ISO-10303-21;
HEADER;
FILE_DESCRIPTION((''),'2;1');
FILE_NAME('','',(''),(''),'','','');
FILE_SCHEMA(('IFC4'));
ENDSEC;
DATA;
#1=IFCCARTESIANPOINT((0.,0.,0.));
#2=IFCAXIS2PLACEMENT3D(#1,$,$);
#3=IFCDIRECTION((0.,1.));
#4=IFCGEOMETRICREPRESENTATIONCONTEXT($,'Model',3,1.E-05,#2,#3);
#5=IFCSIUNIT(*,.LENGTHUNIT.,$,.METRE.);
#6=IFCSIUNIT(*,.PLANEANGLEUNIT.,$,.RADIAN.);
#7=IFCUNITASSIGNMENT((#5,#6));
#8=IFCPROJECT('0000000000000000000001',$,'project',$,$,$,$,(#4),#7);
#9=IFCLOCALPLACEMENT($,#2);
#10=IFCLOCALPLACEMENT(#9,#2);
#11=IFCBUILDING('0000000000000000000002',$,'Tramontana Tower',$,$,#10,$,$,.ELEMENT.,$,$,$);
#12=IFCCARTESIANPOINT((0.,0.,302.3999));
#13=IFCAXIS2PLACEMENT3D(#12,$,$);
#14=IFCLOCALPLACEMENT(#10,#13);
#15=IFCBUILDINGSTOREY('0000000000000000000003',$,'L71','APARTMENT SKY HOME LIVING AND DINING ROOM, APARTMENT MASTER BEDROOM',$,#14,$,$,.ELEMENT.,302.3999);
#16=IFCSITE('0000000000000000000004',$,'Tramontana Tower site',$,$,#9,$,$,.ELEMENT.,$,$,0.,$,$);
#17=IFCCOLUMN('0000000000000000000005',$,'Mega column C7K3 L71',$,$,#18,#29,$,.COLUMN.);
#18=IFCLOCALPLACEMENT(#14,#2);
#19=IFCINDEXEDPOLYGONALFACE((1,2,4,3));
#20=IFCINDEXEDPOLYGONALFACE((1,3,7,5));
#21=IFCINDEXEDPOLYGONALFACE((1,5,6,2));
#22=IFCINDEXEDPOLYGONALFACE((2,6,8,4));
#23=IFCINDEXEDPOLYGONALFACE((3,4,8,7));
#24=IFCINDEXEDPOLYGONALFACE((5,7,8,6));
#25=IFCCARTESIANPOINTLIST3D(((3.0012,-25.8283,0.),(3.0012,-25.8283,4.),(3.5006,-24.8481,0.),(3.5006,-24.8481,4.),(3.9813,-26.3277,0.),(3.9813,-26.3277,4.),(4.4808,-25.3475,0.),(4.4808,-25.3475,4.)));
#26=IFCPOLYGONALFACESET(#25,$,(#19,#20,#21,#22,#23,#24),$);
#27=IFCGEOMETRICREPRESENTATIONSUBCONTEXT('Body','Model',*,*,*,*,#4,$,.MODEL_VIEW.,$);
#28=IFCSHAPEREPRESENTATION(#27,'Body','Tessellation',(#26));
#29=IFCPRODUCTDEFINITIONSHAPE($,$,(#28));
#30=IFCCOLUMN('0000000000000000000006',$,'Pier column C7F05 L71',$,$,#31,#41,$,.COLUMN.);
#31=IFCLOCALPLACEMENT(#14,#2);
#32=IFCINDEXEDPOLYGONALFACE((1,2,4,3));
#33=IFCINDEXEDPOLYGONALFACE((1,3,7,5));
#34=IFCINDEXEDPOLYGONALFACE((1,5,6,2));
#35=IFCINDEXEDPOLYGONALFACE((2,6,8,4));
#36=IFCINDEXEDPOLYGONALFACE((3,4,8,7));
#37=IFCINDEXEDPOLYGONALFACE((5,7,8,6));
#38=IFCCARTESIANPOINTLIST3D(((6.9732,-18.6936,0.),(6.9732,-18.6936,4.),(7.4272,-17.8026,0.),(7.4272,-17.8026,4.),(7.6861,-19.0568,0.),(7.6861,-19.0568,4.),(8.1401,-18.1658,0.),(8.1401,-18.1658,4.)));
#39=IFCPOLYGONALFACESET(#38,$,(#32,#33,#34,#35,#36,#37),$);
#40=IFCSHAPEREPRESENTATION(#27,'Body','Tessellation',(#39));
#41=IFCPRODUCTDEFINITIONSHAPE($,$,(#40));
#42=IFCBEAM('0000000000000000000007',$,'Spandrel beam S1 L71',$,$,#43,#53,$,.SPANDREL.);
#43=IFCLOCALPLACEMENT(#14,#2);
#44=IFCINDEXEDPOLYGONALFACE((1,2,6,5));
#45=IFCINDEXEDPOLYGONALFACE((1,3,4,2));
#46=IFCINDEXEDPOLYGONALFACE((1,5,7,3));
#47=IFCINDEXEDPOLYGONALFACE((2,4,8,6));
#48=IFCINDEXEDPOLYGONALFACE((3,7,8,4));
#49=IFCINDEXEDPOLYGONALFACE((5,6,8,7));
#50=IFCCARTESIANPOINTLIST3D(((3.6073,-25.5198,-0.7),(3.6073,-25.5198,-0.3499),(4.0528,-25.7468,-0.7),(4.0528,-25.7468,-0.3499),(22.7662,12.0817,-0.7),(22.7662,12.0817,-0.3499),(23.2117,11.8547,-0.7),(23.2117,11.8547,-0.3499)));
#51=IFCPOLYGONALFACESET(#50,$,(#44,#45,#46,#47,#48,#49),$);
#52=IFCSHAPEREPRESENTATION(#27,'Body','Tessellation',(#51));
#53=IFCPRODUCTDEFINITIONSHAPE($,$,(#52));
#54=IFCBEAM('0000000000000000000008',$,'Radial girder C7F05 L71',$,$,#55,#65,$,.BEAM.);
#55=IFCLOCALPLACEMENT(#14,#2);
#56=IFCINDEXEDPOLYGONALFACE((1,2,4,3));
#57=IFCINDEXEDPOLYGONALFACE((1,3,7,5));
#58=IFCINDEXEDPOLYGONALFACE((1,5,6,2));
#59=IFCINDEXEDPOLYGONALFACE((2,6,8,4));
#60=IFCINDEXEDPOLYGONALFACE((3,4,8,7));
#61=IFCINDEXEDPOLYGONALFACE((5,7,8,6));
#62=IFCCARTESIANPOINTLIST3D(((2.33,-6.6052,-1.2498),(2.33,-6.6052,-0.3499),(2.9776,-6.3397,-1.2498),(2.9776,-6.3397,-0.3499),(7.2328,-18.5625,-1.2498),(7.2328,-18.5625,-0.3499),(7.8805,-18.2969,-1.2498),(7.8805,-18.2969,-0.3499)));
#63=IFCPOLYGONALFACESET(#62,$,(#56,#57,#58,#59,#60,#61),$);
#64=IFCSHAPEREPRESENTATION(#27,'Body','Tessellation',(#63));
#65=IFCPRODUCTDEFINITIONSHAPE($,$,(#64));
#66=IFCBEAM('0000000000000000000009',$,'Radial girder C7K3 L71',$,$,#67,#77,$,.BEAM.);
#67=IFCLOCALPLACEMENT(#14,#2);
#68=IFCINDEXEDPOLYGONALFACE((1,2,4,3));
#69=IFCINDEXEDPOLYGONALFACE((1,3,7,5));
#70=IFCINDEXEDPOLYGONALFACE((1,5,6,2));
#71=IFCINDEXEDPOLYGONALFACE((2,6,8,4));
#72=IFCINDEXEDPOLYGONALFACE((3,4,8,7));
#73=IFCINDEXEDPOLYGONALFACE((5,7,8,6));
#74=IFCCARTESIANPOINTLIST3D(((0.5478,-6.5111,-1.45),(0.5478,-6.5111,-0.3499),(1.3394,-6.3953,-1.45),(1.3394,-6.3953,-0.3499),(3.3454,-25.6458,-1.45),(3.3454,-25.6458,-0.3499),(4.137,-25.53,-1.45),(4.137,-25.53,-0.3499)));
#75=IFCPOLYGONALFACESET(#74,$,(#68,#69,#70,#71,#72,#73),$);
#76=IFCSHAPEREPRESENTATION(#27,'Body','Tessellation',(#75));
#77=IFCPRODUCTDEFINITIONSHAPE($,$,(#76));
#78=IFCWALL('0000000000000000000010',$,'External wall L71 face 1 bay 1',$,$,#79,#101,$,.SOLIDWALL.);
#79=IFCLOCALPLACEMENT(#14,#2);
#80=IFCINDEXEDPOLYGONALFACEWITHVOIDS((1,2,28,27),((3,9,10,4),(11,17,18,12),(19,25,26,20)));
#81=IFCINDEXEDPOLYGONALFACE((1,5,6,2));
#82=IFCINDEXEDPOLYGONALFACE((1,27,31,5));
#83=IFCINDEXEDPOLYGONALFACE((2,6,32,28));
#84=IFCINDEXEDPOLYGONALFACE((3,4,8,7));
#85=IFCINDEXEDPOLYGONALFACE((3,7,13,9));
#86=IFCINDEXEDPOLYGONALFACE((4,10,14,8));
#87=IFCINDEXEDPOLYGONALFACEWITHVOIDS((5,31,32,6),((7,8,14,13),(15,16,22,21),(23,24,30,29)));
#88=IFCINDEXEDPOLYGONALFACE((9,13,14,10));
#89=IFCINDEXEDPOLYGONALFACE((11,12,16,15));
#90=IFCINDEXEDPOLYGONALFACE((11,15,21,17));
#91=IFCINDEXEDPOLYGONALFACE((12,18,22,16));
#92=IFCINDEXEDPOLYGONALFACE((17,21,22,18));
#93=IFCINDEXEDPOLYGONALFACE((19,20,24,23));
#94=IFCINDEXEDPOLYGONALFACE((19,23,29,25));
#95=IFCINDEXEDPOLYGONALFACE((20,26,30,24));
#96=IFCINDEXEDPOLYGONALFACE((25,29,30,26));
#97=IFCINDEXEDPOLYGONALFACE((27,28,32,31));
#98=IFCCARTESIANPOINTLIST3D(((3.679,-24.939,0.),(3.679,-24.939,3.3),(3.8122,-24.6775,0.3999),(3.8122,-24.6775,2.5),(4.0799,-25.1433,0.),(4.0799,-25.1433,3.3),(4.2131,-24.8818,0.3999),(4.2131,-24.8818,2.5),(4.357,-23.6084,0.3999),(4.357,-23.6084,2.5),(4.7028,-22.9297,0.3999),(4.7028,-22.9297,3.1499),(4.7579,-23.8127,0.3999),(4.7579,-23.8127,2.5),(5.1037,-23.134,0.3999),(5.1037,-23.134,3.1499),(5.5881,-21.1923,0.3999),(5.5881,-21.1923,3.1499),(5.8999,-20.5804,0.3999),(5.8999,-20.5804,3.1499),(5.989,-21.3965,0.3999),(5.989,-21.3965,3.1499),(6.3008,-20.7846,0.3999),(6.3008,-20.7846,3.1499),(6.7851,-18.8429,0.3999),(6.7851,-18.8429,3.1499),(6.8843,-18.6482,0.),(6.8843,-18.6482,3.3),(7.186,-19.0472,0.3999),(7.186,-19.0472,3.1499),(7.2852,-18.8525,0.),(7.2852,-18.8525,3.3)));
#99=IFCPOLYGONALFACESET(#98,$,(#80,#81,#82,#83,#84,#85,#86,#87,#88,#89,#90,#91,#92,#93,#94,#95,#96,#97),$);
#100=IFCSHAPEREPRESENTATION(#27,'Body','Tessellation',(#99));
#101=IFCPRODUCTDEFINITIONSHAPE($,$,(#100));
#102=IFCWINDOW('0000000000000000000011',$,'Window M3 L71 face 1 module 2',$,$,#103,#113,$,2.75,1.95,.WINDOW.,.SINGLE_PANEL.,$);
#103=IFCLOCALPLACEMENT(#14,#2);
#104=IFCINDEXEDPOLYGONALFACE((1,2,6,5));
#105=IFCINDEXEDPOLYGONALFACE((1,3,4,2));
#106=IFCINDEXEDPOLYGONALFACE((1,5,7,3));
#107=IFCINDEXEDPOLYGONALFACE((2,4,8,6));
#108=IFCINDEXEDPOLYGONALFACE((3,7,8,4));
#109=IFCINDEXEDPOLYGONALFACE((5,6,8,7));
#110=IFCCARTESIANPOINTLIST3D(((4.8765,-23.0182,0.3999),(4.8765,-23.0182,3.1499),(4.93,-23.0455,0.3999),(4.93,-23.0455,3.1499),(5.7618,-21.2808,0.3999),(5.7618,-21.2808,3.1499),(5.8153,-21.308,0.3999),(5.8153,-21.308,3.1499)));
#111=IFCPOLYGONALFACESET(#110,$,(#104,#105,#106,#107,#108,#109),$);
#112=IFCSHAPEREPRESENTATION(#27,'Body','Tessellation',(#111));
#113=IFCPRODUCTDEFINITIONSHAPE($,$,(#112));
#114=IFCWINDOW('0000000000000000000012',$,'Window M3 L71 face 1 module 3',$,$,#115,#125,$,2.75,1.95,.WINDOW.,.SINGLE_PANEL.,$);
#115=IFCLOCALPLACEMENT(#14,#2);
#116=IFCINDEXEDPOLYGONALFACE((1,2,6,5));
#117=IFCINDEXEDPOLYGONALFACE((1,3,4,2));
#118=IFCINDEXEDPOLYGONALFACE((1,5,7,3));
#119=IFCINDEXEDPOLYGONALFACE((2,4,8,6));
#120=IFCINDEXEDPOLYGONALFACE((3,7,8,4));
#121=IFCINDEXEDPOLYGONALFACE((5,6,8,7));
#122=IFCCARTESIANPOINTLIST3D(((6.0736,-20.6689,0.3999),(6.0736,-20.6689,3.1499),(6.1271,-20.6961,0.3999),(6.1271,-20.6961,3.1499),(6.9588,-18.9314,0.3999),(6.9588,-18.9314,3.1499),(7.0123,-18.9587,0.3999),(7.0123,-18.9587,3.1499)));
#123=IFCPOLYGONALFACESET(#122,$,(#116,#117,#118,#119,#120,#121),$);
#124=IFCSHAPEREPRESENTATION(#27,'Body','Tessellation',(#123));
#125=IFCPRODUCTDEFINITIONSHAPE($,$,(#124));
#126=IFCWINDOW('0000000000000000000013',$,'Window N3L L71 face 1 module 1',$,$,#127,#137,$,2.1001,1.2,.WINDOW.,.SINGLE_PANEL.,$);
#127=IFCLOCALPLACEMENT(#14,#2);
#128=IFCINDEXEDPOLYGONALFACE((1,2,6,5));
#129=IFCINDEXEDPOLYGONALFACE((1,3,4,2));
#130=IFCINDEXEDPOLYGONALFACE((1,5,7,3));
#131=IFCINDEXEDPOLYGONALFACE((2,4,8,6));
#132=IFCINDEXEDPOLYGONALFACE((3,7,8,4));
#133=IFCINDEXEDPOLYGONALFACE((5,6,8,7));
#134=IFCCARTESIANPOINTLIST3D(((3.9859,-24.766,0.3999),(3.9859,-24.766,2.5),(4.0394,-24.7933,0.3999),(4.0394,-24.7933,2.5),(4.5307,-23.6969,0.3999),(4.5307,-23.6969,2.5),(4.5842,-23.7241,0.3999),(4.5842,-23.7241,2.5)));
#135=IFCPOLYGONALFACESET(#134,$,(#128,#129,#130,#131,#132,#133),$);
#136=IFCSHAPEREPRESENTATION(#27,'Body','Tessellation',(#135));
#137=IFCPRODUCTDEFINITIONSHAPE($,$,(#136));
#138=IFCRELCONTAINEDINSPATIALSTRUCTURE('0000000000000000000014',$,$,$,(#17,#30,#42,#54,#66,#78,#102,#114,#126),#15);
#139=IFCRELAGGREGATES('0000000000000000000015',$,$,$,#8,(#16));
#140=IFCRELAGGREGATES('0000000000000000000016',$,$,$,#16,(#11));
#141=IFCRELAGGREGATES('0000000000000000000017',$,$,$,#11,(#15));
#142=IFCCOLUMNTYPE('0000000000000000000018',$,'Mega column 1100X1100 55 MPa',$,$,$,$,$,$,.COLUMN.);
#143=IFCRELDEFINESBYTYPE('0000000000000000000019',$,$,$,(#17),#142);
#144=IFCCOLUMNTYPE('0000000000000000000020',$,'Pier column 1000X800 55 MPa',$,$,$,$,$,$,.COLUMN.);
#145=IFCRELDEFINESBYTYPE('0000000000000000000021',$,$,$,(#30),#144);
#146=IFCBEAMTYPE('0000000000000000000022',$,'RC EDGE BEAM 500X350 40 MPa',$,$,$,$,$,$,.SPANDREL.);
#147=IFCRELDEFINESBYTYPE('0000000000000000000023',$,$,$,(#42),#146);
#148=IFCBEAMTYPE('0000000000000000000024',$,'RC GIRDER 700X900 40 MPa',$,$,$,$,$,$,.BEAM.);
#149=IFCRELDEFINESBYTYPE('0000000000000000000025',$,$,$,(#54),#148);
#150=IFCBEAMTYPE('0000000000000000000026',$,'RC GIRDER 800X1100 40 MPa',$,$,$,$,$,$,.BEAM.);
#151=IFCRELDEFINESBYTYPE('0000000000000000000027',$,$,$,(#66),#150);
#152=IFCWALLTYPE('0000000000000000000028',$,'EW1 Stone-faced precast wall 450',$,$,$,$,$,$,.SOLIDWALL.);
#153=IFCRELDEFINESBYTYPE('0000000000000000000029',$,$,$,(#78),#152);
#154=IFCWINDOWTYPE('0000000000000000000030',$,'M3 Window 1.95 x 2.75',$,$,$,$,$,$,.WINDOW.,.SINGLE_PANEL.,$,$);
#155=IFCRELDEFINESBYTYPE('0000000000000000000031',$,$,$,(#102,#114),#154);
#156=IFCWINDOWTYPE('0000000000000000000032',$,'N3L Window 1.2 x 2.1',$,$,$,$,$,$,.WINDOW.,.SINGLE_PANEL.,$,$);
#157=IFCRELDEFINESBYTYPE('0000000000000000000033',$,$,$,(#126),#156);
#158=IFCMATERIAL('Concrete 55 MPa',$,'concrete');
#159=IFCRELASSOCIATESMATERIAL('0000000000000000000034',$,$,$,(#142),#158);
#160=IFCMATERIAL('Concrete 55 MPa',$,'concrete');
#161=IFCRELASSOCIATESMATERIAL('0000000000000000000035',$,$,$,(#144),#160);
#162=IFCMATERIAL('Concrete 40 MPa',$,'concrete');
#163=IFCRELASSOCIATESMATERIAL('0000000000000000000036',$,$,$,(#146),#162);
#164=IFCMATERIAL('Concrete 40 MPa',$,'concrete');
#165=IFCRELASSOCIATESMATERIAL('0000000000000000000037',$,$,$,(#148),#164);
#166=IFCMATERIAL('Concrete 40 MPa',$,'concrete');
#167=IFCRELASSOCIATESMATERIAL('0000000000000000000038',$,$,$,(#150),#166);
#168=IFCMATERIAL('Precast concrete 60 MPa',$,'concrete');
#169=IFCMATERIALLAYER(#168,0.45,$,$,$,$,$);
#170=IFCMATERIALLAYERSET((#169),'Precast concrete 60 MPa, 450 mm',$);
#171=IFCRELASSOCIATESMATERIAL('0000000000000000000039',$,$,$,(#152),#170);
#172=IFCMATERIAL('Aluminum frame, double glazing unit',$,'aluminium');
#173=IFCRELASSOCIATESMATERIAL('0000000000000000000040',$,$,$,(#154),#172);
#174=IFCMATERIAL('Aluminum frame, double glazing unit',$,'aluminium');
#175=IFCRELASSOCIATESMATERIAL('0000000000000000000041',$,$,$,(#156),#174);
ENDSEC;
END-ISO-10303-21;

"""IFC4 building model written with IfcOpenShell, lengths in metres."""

from ifc_helpers import new_model, si_unit, direction, frame, frame_2d, origin, origin_2d, place, context, subcontext, project, spatial, rectangle, extrude, material, layer, layer_set, material_profile, profile_set, type_object, element, fill, save


model = new_model("IFC4")

# Units and contexts
model_context = context("Model", 3, precision=1e-05, world=origin(), true_north=direction((0.0, 1.0)))
body_context = subcontext(model_context, "Body", "Model", "MODEL_VIEW")
ifc_project = project(units=[si_unit("LENGTHUNIT", "METRE"), si_unit("PLANEANGLEUNIT", "RADIAN")], contexts=[model_context])

# Site, building, storey
site_placement = place(None, origin())
site = spatial("IfcSite", under=ifc_project, at=site_placement, Name="Tramontana Tower site", CompositionType="ELEMENT", RefElevation=0.0)
building_placement = place(site_placement, origin())
building = spatial("IfcBuilding", under=site, at=building_placement, Name="Tramontana Tower", CompositionType="ELEMENT")
storey_placement = place(building_placement, frame((0.0, 0.0, 302.3999)))
storey = spatial("IfcBuildingStorey", under=building, at=storey_placement, Name="L71", Description="APARTMENT SKY HOME LIVING AND DINING ROOM, APARTMENT MASTER BEDROOM", CompositionType="ELEMENT", Elevation=302.3999)

# Columns
ifc_material_1 = material(Name="Concrete 55 MPa", Category="concrete")
ifc_material_profile_1 = material_profile(ifc_material_1, rectangle(XDim=1.1001, YDim=1.1001, at=origin_2d()), Name="Mega column 1100X1100 55 MPa")
ifc_profile_set_1 = profile_set([ifc_material_profile_1], Name="Concrete 55 MPa")
column_type_1 = type_object("IfcColumnType", Name="Mega column 1100X1100 55 MPa", PredefinedType="COLUMN", material=ifc_profile_set_1)
column_1_placement = place(storey_placement, frame((3.741, -25.5879, 0.0), z_axis=(0.0, 0.0, 1.0), x_axis=(0.45399, 0.891007, 0.0)))
element("IfcColumn", 1, at=column_1_placement, inside=storey, type_object=column_type_1, Name="Mega column C7K3 L71", PredefinedType="COLUMN", context=body_context, shape_type="SweptSolid", body=[
    extrude(rectangle(XDim=1.1001, YDim=1.1001, at=origin_2d()), origin(), (0.0, 0.0, 1.0), 4.0),
])
ifc_material_2 = material(Name="Concrete 55 MPa", Category="concrete")
ifc_material_profile_2 = material_profile(ifc_material_2, rectangle(XDim=1.0, YDim=0.8, at=origin_2d()), Name="Pier column 1000X800 55 MPa")
ifc_profile_set_2 = profile_set([ifc_material_profile_2], Name="Concrete 55 MPa")
column_type_2 = type_object("IfcColumnType", Name="Pier column 1000X800 55 MPa", PredefinedType="COLUMN", material=ifc_profile_set_2)
column_2_placement = place(storey_placement, frame((7.5566, -18.4297, 0.0), z_axis=(0.0, 0.0, 1.0), x_axis=(0.45399, 0.891007, 0.0)))
element("IfcColumn", 2, at=column_2_placement, inside=storey, type_object=column_type_2, Name="Pier column C7F05 L71", PredefinedType="COLUMN", context=body_context, shape_type="SweptSolid", body=[
    extrude(rectangle(XDim=1.0, YDim=0.8, at=origin_2d()), origin(), (0.0, 0.0, 1.0), 4.0),
])

# Beams
ifc_material_3 = material(Name="Concrete 40 MPa", Category="concrete")
ifc_material_profile_3 = material_profile(ifc_material_3, rectangle(XDim=0.5, YDim=0.3501, at=origin_2d()), Name="RC EDGE BEAM 500X350 40 MPa")
ifc_profile_set_3 = profile_set([ifc_material_profile_3], Name="Concrete 40 MPa")
beam_type_1 = type_object("IfcBeamType", Name="RC EDGE BEAM 500X350 40 MPa", PredefinedType="SPANDREL", material=ifc_profile_set_3)
beam_1_placement = place(storey_placement, frame((3.8301, -25.6333, -0.5249), z_axis=(0.45399, 0.891007, 0.0), x_axis=(-0.891007, 0.45399, 0.0)))
element("IfcBeam", 3, at=beam_1_placement, inside=storey, type_object=beam_type_1, Name="Spandrel beam S1 L71", PredefinedType="SPANDREL", context=body_context, shape_type="SweptSolid", body=[
    extrude(rectangle(XDim=0.5, YDim=0.3501, at=origin_2d()), origin(), (0.0, 0.0, 1.0), 42.2012),
])
ifc_material_4 = material(Name="Concrete 40 MPa", Category="concrete")
ifc_material_profile_4 = material_profile(ifc_material_4, rectangle(XDim=0.7, YDim=0.8999, at=origin_2d()), Name="RC GIRDER 700X900 40 MPa")
ifc_profile_set_4 = profile_set([ifc_material_profile_4], Name="Concrete 40 MPa")
beam_type_2 = type_object("IfcBeamType", Name="RC GIRDER 700X900 40 MPa", PredefinedType="BEAM", material=ifc_profile_set_4)
beam_2_placement = place(storey_placement, frame((7.5566, -18.4297, -0.7998), z_axis=(-0.379376, 0.925242, 0.0), x_axis=(-0.925242, -0.379376, 0.0)))
element("IfcBeam", 4, at=beam_2_placement, inside=storey, type_object=beam_type_2, Name="Radial girder C7F05 L71", PredefinedType="BEAM", context=body_context, shape_type="SweptSolid", body=[
    extrude(rectangle(XDim=0.7, YDim=0.8999, at=origin_2d()), origin(), (0.0, 0.0, 1.0), 12.9233),
])
ifc_material_5 = material(Name="Concrete 40 MPa", Category="concrete")
ifc_material_profile_5 = material_profile(ifc_material_5, rectangle(XDim=0.8, YDim=1.1001, at=origin_2d()), Name="RC GIRDER 800X1100 40 MPa")
ifc_profile_set_5 = profile_set([ifc_material_profile_5], Name="Concrete 40 MPa")
beam_type_3 = type_object("IfcBeamType", Name="RC GIRDER 800X1100 40 MPa", PredefinedType="BEAM", material=ifc_profile_set_5)
beam_3_placement = place(storey_placement, frame((3.7412, -25.5879, -0.8999), z_axis=(-0.144667, 0.98948, 0.0), x_axis=(-0.98948, -0.144667, 0.0)))
element("IfcBeam", 5, at=beam_3_placement, inside=storey, type_object=beam_type_3, Name="Radial girder C7K3 L71", PredefinedType="BEAM", context=body_context, shape_type="SweptSolid", body=[
    extrude(rectangle(XDim=0.8, YDim=1.1001, at=origin_2d()), origin(), (0.0, 0.0, 1.0), 19.3381),
])

# Wall, openings, windows
ifc_material_6 = material(Name="Precast concrete 60 MPa", Category="concrete")
ifc_layer_1 = layer(ifc_material_6, 0.45)
ifc_layer_set_1 = layer_set([ifc_layer_1], Name="Precast concrete 60 MPa, 450 mm")
wall_type_1 = type_object("IfcWallType", Name="EW1 Stone-faced precast wall 450", PredefinedType="SOLIDWALL", material=ifc_layer_set_1)
wall_1_placement = place(storey_placement, frame((3.8794, -25.0413, 0.0), z_axis=(0.0, 0.0, 1.0), x_axis=(0.453992, 0.891006, 0.0)))
wall_1 = element("IfcWall", 6, at=wall_1_placement, inside=storey, type_object=wall_type_1, Name="External wall L71 face 1 bay 1", PredefinedType="SOLIDWALL", context=body_context, shape_type="SweptSolid", body=[
    extrude(rectangle(XDim=7.0603, YDim=0.45, at=frame_2d((3.5303, 0.0))), origin(), (0.0, 0.0, 1.0), 3.3),
])
opening_1_placement = place(wall_1_placement, frame((0.2935, 0.0, 0.3999)))
opening_1 = element("IfcOpeningElement", 7, at=opening_1_placement, cuts=wall_1, PredefinedType="OPENING", context=body_context, shape_type="SweptSolid", body=[
    extrude(rectangle(XDim=1.2, YDim=2.1001, at=frame_2d((0.6001, 1.05))), frame((0.0, 0.2349, 0.0), z_axis=(0.0, -1.0, 0.0), x_axis=(1.0, 0.0, 0.0)), (0.0, 0.0, 1.0), 0.47),
])
opening_2_placement = place(wall_1_placement, frame((2.2551, 0.0, 0.3999)))
opening_2 = element("IfcOpeningElement", 8, at=opening_2_placement, cuts=wall_1, PredefinedType="OPENING", context=body_context, shape_type="SweptSolid", body=[
    extrude(rectangle(XDim=1.95, YDim=2.75, at=frame_2d((0.9751, 1.375))), frame((0.0, 0.2349, 0.0), z_axis=(0.0, -1.0, 0.0), x_axis=(1.0, 0.0, 0.0)), (0.0, 0.0, 1.0), 0.47),
])
opening_3_placement = place(wall_1_placement, frame((4.8918, 0.0, 0.3999)))
opening_3 = element("IfcOpeningElement", 9, at=opening_3_placement, cuts=wall_1, PredefinedType="OPENING", context=body_context, shape_type="SweptSolid", body=[
    extrude(rectangle(XDim=1.95, YDim=2.75, at=frame_2d((0.9751, 1.375))), frame((0.0, 0.2349, 0.0), z_axis=(0.0, -1.0, 0.0), x_axis=(1.0, 0.0, 0.0)), (0.0, 0.0, 1.0), 0.47),
])
ifc_material_7 = material(Name="Aluminum frame, double glazing unit", Category="aluminium")
window_type_1 = type_object("IfcWindowType", Name="M3 Window 1.95 x 2.75", PartitioningType="SINGLE_PANEL", PredefinedType="WINDOW", material=ifc_material_7)
window_1_placement = place(opening_2_placement, origin())
window_1 = element("IfcWindow", 10, at=window_1_placement, inside=storey, type_object=window_type_1, Name="Window M3 L71 face 1 module 2", OverallHeight=2.75, OverallWidth=1.95, PartitioningType="SINGLE_PANEL", PredefinedType="WINDOW", context=body_context, shape_type="SweptSolid", body=[
    extrude(rectangle(XDim=1.95, YDim=2.75, at=frame_2d((0.9751, 1.375))), frame((0.0, 0.03, 0.0), z_axis=(0.0, -1.0, 0.0), x_axis=(1.0, 0.0, 0.0)), (0.0, 0.0, 1.0), 0.0601),
])
fill(opening_2, window_1)
window_2_placement = place(opening_3_placement, origin())
window_2 = element("IfcWindow", 11, at=window_2_placement, inside=storey, type_object=window_type_1, Name="Window M3 L71 face 1 module 3", OverallHeight=2.75, OverallWidth=1.95, PartitioningType="SINGLE_PANEL", PredefinedType="WINDOW", context=body_context, shape_type="SweptSolid", body=[
    extrude(rectangle(XDim=1.95, YDim=2.75, at=frame_2d((0.9751, 1.375))), frame((0.0, 0.03, 0.0), z_axis=(0.0, -1.0, 0.0), x_axis=(1.0, 0.0, 0.0)), (0.0, 0.0, 1.0), 0.0601),
])
fill(opening_3, window_2)
ifc_material_8 = material(Name="Aluminum frame, double glazing unit", Category="aluminium")
window_type_2 = type_object("IfcWindowType", Name="N3L Window 1.2 x 2.1", PartitioningType="SINGLE_PANEL", PredefinedType="WINDOW", material=ifc_material_8)
window_3_placement = place(opening_1_placement, origin())
window_3 = element("IfcWindow", 12, at=window_3_placement, inside=storey, type_object=window_type_2, Name="Window N3L L71 face 1 module 1", OverallHeight=2.1001, OverallWidth=1.2, PartitioningType="SINGLE_PANEL", PredefinedType="WINDOW", context=body_context, shape_type="SweptSolid", body=[
    extrude(rectangle(XDim=1.2, YDim=2.1001, at=frame_2d((0.6001, 1.05))), frame((0.0, 0.03, 0.0), z_axis=(0.0, -1.0, 0.0), x_axis=(1.0, 0.0, 0.0)), (0.0, 0.0, 1.0), 0.0601),
])
fill(opening_1, window_3)

save(model, "model.ifc")
